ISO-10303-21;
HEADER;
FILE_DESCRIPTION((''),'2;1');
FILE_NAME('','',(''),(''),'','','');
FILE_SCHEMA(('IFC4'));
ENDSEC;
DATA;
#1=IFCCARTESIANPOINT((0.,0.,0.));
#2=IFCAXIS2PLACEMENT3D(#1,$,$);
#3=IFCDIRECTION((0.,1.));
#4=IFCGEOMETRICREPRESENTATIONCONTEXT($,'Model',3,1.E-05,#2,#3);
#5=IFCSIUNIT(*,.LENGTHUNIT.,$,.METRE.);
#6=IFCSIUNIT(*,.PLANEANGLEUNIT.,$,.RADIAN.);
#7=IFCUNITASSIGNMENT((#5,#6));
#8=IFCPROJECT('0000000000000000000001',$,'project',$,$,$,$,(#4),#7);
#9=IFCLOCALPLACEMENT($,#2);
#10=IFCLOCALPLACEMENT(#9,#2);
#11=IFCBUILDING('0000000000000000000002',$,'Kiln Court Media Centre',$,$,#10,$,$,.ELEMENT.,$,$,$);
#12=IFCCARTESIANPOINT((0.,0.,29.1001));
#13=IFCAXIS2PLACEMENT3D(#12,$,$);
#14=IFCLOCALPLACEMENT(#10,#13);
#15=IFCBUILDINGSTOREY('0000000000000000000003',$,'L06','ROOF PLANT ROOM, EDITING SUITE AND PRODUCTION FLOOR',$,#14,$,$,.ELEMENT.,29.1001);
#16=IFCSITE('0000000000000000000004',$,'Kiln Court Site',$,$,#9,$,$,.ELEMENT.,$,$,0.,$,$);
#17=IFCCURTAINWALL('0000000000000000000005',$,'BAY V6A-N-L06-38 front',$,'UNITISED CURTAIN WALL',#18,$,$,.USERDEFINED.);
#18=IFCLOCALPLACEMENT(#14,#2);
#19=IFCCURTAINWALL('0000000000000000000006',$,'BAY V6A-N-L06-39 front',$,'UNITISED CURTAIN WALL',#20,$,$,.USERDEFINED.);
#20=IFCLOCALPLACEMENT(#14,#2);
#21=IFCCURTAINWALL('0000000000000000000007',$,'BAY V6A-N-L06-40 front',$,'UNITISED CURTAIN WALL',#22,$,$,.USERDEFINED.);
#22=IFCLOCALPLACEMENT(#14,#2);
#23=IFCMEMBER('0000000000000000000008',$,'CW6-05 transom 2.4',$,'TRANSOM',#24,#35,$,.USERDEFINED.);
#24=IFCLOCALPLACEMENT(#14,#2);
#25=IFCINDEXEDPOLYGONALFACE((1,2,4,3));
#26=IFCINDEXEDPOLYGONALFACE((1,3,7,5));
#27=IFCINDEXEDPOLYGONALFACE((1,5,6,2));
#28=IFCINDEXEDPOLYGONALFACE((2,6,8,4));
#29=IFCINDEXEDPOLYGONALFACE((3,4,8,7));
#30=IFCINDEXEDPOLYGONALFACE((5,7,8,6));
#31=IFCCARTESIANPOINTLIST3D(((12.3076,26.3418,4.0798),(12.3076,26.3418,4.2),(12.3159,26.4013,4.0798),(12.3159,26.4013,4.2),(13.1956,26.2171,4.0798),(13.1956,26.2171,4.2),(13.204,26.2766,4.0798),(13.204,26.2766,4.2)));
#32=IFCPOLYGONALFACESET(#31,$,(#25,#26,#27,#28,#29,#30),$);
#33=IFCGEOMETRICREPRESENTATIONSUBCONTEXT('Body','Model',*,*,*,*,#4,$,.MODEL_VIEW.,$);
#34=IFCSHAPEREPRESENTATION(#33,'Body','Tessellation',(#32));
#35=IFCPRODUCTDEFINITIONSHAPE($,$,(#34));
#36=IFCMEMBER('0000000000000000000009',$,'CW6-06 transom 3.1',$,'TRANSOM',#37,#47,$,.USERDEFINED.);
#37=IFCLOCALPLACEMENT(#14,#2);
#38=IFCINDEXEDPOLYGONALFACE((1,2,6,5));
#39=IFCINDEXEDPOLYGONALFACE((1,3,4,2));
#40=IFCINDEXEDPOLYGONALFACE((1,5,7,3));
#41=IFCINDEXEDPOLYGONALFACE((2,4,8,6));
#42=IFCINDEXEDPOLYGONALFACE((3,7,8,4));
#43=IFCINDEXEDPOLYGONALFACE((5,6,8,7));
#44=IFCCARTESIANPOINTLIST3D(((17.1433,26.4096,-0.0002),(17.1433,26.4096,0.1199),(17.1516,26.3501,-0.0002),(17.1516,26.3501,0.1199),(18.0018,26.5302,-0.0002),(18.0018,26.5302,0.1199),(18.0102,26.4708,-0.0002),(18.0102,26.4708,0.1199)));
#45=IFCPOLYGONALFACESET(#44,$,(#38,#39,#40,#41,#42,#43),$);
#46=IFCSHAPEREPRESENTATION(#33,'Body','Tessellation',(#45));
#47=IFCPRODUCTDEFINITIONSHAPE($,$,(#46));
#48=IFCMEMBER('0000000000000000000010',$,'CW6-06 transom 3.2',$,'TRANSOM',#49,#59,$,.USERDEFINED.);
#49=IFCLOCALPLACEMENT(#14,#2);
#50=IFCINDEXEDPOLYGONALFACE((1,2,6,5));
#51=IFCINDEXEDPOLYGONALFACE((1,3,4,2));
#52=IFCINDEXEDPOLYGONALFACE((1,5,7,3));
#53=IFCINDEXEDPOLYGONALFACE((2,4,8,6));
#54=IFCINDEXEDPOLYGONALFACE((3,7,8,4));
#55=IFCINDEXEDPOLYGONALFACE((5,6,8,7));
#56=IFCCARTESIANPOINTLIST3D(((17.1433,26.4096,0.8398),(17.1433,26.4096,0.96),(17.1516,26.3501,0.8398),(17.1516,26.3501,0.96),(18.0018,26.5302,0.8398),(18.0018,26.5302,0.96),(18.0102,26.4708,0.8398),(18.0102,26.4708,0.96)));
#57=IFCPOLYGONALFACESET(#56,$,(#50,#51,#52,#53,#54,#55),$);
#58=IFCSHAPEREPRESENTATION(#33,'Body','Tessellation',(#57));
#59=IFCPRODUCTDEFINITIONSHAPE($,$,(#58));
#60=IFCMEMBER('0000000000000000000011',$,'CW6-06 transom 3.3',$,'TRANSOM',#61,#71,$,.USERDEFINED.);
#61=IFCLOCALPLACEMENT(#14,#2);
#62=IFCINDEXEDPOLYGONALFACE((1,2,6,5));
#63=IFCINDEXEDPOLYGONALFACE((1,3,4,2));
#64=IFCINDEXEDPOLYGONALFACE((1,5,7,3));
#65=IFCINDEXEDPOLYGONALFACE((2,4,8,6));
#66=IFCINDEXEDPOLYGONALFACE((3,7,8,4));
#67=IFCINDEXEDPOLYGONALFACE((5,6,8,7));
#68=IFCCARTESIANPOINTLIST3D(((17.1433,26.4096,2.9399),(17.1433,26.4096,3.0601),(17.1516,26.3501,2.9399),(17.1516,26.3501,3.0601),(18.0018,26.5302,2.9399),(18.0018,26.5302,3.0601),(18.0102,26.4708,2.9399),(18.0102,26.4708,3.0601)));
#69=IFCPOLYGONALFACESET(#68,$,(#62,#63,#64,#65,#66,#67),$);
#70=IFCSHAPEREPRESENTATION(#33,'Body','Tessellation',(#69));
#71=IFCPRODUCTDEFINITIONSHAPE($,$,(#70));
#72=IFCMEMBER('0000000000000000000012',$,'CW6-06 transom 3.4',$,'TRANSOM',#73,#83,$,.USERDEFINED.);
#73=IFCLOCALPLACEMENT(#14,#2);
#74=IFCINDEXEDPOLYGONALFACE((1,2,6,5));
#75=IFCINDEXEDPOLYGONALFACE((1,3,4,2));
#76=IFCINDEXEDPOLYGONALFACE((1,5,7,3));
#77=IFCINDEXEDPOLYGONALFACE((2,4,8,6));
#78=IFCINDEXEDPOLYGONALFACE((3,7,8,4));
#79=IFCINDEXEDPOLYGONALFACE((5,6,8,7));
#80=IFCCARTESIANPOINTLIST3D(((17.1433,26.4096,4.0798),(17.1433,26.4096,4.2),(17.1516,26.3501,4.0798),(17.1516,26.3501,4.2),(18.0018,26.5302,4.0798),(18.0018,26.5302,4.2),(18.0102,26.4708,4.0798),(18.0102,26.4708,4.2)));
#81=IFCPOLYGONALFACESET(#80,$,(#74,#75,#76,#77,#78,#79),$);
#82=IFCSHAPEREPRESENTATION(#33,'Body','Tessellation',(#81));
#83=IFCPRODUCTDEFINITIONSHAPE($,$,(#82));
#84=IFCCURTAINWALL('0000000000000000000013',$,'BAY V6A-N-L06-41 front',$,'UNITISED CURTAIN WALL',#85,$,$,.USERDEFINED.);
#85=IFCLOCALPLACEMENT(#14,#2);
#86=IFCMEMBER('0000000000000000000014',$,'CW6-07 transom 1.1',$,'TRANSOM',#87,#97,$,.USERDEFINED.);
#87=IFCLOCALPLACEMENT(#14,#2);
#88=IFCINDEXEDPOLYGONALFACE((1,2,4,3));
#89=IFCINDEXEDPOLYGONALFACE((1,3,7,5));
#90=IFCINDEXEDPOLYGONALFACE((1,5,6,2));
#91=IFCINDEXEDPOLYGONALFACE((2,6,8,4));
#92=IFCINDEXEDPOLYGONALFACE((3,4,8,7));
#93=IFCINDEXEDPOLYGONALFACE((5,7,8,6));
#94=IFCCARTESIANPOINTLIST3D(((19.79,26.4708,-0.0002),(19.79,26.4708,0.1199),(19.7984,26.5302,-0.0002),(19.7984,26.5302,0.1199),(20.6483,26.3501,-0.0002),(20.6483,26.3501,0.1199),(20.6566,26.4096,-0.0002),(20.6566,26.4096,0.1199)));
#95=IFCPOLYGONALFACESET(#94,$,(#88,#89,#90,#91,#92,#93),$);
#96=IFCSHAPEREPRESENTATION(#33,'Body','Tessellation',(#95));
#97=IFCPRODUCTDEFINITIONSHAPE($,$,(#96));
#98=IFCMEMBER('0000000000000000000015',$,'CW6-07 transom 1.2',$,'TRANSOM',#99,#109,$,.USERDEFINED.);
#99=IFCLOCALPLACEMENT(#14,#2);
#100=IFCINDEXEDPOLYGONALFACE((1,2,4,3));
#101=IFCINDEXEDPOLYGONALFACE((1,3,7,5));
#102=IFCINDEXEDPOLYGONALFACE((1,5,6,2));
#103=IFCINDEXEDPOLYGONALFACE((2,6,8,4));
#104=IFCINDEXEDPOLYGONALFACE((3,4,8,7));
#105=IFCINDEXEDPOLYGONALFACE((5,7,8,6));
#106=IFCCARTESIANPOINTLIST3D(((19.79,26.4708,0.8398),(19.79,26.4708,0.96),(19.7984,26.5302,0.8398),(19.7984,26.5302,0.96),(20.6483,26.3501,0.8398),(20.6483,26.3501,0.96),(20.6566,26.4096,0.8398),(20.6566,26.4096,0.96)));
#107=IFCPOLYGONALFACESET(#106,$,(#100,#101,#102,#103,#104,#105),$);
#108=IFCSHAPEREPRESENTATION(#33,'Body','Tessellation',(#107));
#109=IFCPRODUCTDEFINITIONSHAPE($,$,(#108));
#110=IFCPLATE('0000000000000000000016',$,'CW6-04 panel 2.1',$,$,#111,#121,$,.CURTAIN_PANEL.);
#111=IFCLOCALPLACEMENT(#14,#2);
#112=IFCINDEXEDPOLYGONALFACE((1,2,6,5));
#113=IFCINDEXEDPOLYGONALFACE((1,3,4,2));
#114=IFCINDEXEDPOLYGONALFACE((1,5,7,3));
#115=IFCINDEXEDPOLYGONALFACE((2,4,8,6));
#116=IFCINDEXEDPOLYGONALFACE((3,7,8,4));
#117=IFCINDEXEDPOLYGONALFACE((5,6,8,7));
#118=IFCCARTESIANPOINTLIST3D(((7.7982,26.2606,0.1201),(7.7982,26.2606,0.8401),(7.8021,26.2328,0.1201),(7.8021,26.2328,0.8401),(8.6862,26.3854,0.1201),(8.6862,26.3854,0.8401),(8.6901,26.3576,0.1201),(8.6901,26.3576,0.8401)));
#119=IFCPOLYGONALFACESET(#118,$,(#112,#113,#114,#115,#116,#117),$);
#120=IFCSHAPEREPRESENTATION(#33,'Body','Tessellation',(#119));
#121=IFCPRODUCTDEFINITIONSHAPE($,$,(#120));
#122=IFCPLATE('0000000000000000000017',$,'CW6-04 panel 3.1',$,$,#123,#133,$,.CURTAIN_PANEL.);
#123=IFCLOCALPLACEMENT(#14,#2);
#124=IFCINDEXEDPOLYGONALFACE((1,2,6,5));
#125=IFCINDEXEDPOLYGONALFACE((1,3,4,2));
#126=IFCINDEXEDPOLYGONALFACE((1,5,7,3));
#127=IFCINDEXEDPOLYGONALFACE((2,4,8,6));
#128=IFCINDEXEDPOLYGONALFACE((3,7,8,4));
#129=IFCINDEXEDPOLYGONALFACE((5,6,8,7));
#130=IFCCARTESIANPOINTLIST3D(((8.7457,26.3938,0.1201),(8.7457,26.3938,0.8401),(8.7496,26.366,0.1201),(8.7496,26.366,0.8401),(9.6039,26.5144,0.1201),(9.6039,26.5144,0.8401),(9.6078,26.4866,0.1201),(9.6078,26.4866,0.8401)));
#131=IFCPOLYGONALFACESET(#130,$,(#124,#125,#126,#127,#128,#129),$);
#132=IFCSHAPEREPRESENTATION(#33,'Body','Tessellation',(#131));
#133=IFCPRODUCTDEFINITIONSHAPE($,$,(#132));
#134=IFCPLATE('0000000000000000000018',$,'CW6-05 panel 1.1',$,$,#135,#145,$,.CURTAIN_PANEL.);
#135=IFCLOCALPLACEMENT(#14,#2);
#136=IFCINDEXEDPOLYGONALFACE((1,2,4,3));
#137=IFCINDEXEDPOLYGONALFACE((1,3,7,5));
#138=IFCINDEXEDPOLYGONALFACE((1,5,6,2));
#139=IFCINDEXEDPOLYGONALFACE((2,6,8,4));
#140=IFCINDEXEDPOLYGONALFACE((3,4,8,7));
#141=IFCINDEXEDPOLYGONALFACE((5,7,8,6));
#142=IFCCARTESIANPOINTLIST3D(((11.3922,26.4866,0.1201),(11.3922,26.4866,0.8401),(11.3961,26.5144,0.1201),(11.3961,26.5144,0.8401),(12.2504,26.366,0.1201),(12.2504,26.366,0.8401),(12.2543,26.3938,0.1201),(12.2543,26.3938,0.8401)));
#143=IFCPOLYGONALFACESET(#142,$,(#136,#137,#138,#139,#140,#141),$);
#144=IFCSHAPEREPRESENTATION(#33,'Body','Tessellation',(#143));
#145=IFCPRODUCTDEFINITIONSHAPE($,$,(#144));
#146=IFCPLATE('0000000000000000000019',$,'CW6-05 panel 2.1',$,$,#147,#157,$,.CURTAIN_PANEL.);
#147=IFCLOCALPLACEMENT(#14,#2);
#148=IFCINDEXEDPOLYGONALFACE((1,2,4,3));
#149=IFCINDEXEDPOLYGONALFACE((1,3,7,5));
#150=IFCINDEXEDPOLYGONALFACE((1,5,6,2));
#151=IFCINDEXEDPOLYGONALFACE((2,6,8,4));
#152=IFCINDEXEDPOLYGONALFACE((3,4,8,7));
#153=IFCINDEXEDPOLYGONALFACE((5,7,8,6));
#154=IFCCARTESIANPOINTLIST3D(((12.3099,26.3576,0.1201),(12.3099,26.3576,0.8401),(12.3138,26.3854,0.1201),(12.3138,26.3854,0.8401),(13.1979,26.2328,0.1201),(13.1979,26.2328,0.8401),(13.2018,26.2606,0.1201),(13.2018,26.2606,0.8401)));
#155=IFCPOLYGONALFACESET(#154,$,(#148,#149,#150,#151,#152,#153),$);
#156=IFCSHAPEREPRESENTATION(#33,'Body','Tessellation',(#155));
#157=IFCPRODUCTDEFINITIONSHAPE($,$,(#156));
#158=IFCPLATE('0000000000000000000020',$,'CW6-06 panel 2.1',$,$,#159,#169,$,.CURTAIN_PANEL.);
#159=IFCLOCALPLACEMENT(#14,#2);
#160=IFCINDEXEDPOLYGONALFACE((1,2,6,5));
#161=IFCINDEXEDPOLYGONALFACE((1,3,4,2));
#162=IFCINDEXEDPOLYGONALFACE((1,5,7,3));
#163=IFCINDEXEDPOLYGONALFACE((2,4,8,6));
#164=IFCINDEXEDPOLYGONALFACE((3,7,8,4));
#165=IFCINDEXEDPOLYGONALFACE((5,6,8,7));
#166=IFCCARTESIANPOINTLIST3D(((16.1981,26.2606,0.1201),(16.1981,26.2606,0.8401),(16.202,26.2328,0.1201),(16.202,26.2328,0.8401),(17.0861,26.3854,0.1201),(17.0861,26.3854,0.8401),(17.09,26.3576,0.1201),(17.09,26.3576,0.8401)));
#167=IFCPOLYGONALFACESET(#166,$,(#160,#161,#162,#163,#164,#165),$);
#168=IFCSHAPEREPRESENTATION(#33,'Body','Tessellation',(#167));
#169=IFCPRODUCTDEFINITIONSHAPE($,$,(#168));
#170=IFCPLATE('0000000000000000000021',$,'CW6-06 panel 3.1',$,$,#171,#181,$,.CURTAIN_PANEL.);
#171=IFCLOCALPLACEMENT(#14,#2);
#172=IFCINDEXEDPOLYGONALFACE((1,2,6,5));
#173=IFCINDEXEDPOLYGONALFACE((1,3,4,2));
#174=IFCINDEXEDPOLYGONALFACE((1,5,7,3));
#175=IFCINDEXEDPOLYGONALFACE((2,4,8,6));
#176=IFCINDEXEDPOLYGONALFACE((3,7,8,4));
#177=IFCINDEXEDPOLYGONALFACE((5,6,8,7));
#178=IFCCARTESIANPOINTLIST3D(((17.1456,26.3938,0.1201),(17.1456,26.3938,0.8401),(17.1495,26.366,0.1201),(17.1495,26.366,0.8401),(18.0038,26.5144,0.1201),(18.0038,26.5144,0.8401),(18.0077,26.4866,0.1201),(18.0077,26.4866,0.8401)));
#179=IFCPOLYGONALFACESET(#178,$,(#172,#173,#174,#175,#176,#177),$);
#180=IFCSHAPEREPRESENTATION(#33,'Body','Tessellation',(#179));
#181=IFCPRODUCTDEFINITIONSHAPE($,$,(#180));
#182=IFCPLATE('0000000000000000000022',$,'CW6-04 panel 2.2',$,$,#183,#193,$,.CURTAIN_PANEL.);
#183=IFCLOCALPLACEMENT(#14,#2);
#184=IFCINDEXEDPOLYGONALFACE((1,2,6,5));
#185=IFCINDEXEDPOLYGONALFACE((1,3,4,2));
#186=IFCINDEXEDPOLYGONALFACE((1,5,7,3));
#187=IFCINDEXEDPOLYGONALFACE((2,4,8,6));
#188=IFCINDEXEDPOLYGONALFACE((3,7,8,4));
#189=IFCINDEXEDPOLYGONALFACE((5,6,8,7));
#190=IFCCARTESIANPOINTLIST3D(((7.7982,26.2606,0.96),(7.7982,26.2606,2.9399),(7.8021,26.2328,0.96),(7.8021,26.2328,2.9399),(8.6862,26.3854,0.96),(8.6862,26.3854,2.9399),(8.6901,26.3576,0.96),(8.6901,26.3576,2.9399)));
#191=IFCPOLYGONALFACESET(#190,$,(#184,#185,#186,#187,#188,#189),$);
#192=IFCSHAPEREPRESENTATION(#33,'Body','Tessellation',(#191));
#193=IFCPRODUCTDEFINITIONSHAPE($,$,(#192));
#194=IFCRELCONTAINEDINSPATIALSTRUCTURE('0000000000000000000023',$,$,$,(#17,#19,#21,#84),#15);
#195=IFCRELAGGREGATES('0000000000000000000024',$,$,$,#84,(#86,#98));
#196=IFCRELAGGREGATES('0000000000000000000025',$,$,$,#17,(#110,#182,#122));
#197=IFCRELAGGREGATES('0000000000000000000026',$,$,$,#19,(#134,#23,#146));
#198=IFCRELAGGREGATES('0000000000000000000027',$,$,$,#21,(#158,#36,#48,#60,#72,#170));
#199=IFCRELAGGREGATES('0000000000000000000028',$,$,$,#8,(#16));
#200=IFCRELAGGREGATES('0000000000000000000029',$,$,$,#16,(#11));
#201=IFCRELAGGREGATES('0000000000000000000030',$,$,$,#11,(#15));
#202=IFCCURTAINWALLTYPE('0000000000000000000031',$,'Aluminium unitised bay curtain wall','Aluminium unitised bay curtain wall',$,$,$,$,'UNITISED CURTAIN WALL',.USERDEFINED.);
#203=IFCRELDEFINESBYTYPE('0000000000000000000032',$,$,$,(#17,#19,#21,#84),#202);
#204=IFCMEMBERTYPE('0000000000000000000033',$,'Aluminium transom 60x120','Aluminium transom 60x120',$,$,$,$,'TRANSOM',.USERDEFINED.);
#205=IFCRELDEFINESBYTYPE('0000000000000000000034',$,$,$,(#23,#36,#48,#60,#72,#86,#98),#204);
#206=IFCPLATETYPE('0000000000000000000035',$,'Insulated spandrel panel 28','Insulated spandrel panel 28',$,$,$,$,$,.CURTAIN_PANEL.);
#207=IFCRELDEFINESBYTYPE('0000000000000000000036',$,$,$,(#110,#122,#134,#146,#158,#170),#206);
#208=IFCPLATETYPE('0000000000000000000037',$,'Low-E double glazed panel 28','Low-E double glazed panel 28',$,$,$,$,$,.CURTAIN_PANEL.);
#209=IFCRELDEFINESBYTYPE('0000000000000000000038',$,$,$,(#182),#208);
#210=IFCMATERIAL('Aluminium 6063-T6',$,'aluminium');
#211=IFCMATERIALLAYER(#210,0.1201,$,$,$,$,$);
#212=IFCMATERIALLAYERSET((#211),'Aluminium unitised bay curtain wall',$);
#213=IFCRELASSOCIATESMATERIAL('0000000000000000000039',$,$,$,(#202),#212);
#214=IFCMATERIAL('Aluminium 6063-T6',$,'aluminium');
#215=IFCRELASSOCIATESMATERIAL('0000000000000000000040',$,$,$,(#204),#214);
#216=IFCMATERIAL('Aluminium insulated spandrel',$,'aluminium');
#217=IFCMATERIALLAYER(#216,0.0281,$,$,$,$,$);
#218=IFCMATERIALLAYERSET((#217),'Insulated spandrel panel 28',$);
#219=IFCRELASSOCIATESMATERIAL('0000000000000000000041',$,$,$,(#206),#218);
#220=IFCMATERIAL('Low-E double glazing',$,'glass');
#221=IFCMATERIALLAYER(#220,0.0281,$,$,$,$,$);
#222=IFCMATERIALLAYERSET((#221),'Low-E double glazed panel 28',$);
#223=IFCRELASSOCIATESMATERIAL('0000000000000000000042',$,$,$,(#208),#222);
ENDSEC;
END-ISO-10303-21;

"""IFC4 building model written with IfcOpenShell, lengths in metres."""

from ifc_helpers import new_model, si_unit, direction, frame, origin, origin_2d, place, context, subcontext, project, spatial, rectangle, extrude, material, layer, layer_set, material_profile, profile_set, type_object, element, aggregate, save


model = new_model("IFC4")

# Units and contexts
model_context = context("Model", 3, precision=1e-05, world=origin(), true_north=direction((0.0, 1.0)))
body_context = subcontext(model_context, "Body", "Model", "MODEL_VIEW")
ifc_project = project(units=[si_unit("LENGTHUNIT", "METRE"), si_unit("PLANEANGLEUNIT", "RADIAN")], contexts=[model_context])

# Site, building, storey
site_placement = place(None, origin())
site = spatial("IfcSite", under=ifc_project, at=site_placement, Name="Kiln Court Site", CompositionType="ELEMENT", RefElevation=0.0)
building_placement = place(site_placement, origin())
building = spatial("IfcBuilding", under=site, at=building_placement, Name="Kiln Court Media Centre", CompositionType="ELEMENT")
storey_placement = place(building_placement, frame((0.0, 0.0, 29.1001)))
storey = spatial("IfcBuildingStorey", under=building, at=storey_placement, Name="L06", Description="ROOF PLANT ROOM, EDITING SUITE AND PRODUCTION FLOOR", CompositionType="ELEMENT", Elevation=29.1001)

# Curtain walls
ifc_material_1 = material(Name="Aluminium 6063-T6", Category="aluminium")
ifc_layer_1 = layer(ifc_material_1, 0.1201)
ifc_layer_set_1 = layer_set([ifc_layer_1], Name="Aluminium unitised bay curtain wall")
curtain_wall_type = type_object("IfcCurtainWallType", Name="Aluminium unitised bay curtain wall", Description="Aluminium unitised bay curtain wall", ElementType="UNITISED CURTAIN WALL", PredefinedType="USERDEFINED", material=ifc_layer_set_1)
curtain_wall_1_placement = place(storey_placement, origin())
curtain_wall_1 = element("IfcCurtainWall", 1, at=curtain_wall_1_placement, inside=storey, type_object=curtain_wall_type, Name="BAY V6A-N-L06-38 front", ObjectType="UNITISED CURTAIN WALL", PredefinedType="USERDEFINED")
curtain_wall_2_placement = place(storey_placement, origin())
curtain_wall_2 = element("IfcCurtainWall", 2, at=curtain_wall_2_placement, inside=storey, type_object=curtain_wall_type, Name="BAY V6A-N-L06-39 front", ObjectType="UNITISED CURTAIN WALL", PredefinedType="USERDEFINED")
curtain_wall_3_placement = place(storey_placement, origin())
curtain_wall_3 = element("IfcCurtainWall", 3, at=curtain_wall_3_placement, inside=storey, type_object=curtain_wall_type, Name="BAY V6A-N-L06-40 front", ObjectType="UNITISED CURTAIN WALL", PredefinedType="USERDEFINED")

# Members
ifc_material_2 = material(Name="Aluminium 6063-T6", Category="aluminium")
ifc_material_profile_1 = material_profile(ifc_material_2, rectangle(XDim=0.0601, YDim=0.1201, at=origin_2d()), Name="Aluminium transom 60x120")
ifc_profile_set_1 = profile_set([ifc_material_profile_1], Name="Aluminium 6063-T6")
member_type_1 = type_object("IfcMemberType", Name="Aluminium transom 60x120", Description="Aluminium transom 60x120", ElementType="TRANSOM", PredefinedType="USERDEFINED", material=ifc_profile_set_1)
member_1_placement = place(storey_placement, frame((12.3118, 26.3716, 4.1399), z_axis=(0.990274, -0.139134, 0.0), x_axis=(0.139134, 0.990274, 0.0)))
member_1 = element("IfcMember", 4, at=member_1_placement, type_object=member_type_1, Name="CW6-05 transom 2.4", ObjectType="TRANSOM", PredefinedType="USERDEFINED", context=body_context, shape_type="SweptSolid", body=[
    extrude(rectangle(XDim=0.0601, YDim=0.1201, at=origin_2d()), origin(), (0.0, 0.0, 1.0), 0.8967),
])
member_2_placement = place(storey_placement, frame((17.1475, 26.3799, 0.0598), z_axis=(0.990274, 0.139134, 0.0), x_axis=(-0.139134, 0.990274, 0.0)))
member_2 = element("IfcMember", 5, at=member_2_placement, type_object=member_type_1, Name="CW6-06 transom 3.1", ObjectType="TRANSOM", PredefinedType="USERDEFINED", context=body_context, shape_type="SweptSolid", body=[
    extrude(rectangle(XDim=0.0601, YDim=0.1201, at=origin_2d()), origin(), (0.0, 0.0, 1.0), 0.8669),
])
member_3_placement = place(storey_placement, frame((17.1475, 26.3799, 0.8999), z_axis=(0.990274, 0.139134, 0.0), x_axis=(-0.139134, 0.990274, 0.0)))
member_3 = element("IfcMember", 6, at=member_3_placement, type_object=member_type_1, Name="CW6-06 transom 3.2", ObjectType="TRANSOM", PredefinedType="USERDEFINED", context=body_context, shape_type="SweptSolid", body=[
    extrude(rectangle(XDim=0.0601, YDim=0.1201, at=origin_2d()), origin(), (0.0, 0.0, 1.0), 0.8669),
])
member_4_placement = place(storey_placement, frame((17.1475, 26.3799, 3.0), z_axis=(0.990274, 0.139134, 0.0), x_axis=(-0.139134, 0.990274, 0.0)))
member_4 = element("IfcMember", 7, at=member_4_placement, type_object=member_type_1, Name="CW6-06 transom 3.3", ObjectType="TRANSOM", PredefinedType="USERDEFINED", context=body_context, shape_type="SweptSolid", body=[
    extrude(rectangle(XDim=0.0601, YDim=0.1201, at=origin_2d()), origin(), (0.0, 0.0, 1.0), 0.8669),
])
member_5_placement = place(storey_placement, frame((17.1475, 26.3799, 4.1399), z_axis=(0.990274, 0.139134, 0.0), x_axis=(-0.139134, 0.990274, 0.0)))
member_5 = element("IfcMember", 8, at=member_5_placement, type_object=member_type_1, Name="CW6-06 transom 3.4", ObjectType="TRANSOM", PredefinedType="USERDEFINED", context=body_context, shape_type="SweptSolid", body=[
    extrude(rectangle(XDim=0.0601, YDim=0.1201, at=origin_2d()), origin(), (0.0, 0.0, 1.0), 0.8669),
])

# Curtain wall, members
curtain_wall_4_placement = place(storey_placement, origin())
curtain_wall_4 = element("IfcCurtainWall", 9, at=curtain_wall_4_placement, inside=storey, type_object=curtain_wall_type, Name="BAY V6A-N-L06-41 front", ObjectType="UNITISED CURTAIN WALL", PredefinedType="USERDEFINED")
member_6_placement = place(storey_placement, frame((19.7942, 26.5005, 0.0598), z_axis=(0.990268, -0.139173, 0.0), x_axis=(0.139173, 0.990268, 0.0)))
member_6 = element("IfcMember", 10, at=member_6_placement, type_object=member_type_1, Name="CW6-07 transom 1.1", ObjectType="TRANSOM", PredefinedType="USERDEFINED", context=body_context, shape_type="SweptSolid", body=[
    extrude(rectangle(XDim=0.0601, YDim=0.1201, at=origin_2d()), origin(), (0.0, 0.0, 1.0), 0.8667),
])
member_7_placement = place(storey_placement, frame((19.7942, 26.5005, 0.8999), z_axis=(0.990268, -0.139173, 0.0), x_axis=(0.139173, 0.990268, 0.0)))
member_7 = element("IfcMember", 11, at=member_7_placement, type_object=member_type_1, Name="CW6-07 transom 1.2", ObjectType="TRANSOM", PredefinedType="USERDEFINED", context=body_context, shape_type="SweptSolid", body=[
    extrude(rectangle(XDim=0.0601, YDim=0.1201, at=origin_2d()), origin(), (0.0, 0.0, 1.0), 0.8667),
])
aggregate(curtain_wall_4, [member_6, member_7])

# Plates
ifc_material_3 = material(Name="Aluminium insulated spandrel", Category="aluminium")
ifc_layer_2 = layer(ifc_material_3, 0.0281)
ifc_layer_set_2 = layer_set([ifc_layer_2], Name="Insulated spandrel panel 28")
plate_type_1 = type_object("IfcPlateType", Name="Insulated spandrel panel 28", Description="Insulated spandrel panel 28", PredefinedType="CURTAIN_PANEL", material=ifc_layer_set_2)
plate_1_placement = place(storey_placement, frame((8.2441, 26.3091, 0.1201), z_axis=(0.0, 0.0, 1.0), x_axis=(0.99027, 0.139162, 0.0)))
plate_1 = element("IfcPlate", 12, at=plate_1_placement, type_object=plate_type_1, Name="CW6-04 panel 2.1", PredefinedType="CURTAIN_PANEL", context=body_context, shape_type="SweptSolid", body=[
    extrude(rectangle(XDim=0.8967, YDim=0.0281, at=origin_2d()), origin(), (0.0, 0.0, 1.0), 0.72),
])
plate_2_placement = place(storey_placement, frame((9.1768, 26.4402, 0.1201), z_axis=(0.0, 0.0, 1.0), x_axis=(0.99027, 0.139162, 0.0)))
plate_2 = element("IfcPlate", 13, at=plate_2_placement, type_object=plate_type_1, Name="CW6-04 panel 3.1", PredefinedType="CURTAIN_PANEL", context=body_context, shape_type="SweptSolid", body=[
    extrude(rectangle(XDim=0.8667, YDim=0.0281, at=origin_2d()), origin(), (0.0, 0.0, 1.0), 0.72),
])
plate_3_placement = place(storey_placement, frame((11.8232, 26.4402, 0.1201), z_axis=(0.0, 0.0, 1.0), x_axis=(0.99027, -0.139162, 0.0)))
plate_3 = element("IfcPlate", 14, at=plate_3_placement, type_object=plate_type_1, Name="CW6-05 panel 1.1", PredefinedType="CURTAIN_PANEL", context=body_context, shape_type="SweptSolid", body=[
    extrude(rectangle(XDim=0.8667, YDim=0.0281, at=origin_2d()), origin(), (0.0, 0.0, 1.0), 0.72),
])
plate_4_placement = place(storey_placement, frame((12.7559, 26.3091, 0.1201), z_axis=(0.0, 0.0, 1.0), x_axis=(0.99027, -0.139162, 0.0)))
plate_4 = element("IfcPlate", 15, at=plate_4_placement, type_object=plate_type_1, Name="CW6-05 panel 2.1", PredefinedType="CURTAIN_PANEL", context=body_context, shape_type="SweptSolid", body=[
    extrude(rectangle(XDim=0.8967, YDim=0.0281, at=origin_2d()), origin(), (0.0, 0.0, 1.0), 0.72),
])
plate_5_placement = place(storey_placement, frame((16.644, 26.3091, 0.1201), z_axis=(0.0, 0.0, 1.0), x_axis=(0.99027, 0.139162, 0.0)))
plate_5 = element("IfcPlate", 16, at=plate_5_placement, type_object=plate_type_1, Name="CW6-06 panel 2.1", PredefinedType="CURTAIN_PANEL", context=body_context, shape_type="SweptSolid", body=[
    extrude(rectangle(XDim=0.8967, YDim=0.0281, at=origin_2d()), origin(), (0.0, 0.0, 1.0), 0.72),
])
plate_6_placement = place(storey_placement, frame((17.5767, 26.4402, 0.1201), z_axis=(0.0, 0.0, 1.0), x_axis=(0.99027, 0.139162, 0.0)))
plate_6 = element("IfcPlate", 17, at=plate_6_placement, type_object=plate_type_1, Name="CW6-06 panel 3.1", PredefinedType="CURTAIN_PANEL", context=body_context, shape_type="SweptSolid", body=[
    extrude(rectangle(XDim=0.8667, YDim=0.0281, at=origin_2d()), origin(), (0.0, 0.0, 1.0), 0.72),
])
ifc_material_4 = material(Name="Low-E double glazing", Category="glass")
ifc_layer_3 = layer(ifc_material_4, 0.0281)
ifc_layer_set_3 = layer_set([ifc_layer_3], Name="Low-E double glazed panel 28")
plate_type_2 = type_object("IfcPlateType", Name="Low-E double glazed panel 28", Description="Low-E double glazed panel 28", PredefinedType="CURTAIN_PANEL", material=ifc_layer_set_3)
plate_7_placement = place(storey_placement, frame((8.2441, 26.3091, 0.96), z_axis=(0.0, 0.0, 1.0), x_axis=(0.99027, 0.139162, 0.0)))
plate_7 = element("IfcPlate", 18, at=plate_7_placement, type_object=plate_type_2, Name="CW6-04 panel 2.2", PredefinedType="CURTAIN_PANEL", context=body_context, shape_type="SweptSolid", body=[
    extrude(rectangle(XDim=0.8967, YDim=0.0281, at=origin_2d()), origin(), (0.0, 0.0, 1.0), 1.98),
])
aggregate(curtain_wall_1, [plate_1, plate_7, plate_2])
aggregate(curtain_wall_2, [plate_3, member_1, plate_4])
aggregate(curtain_wall_3, [plate_5, member_2, member_3, member_4, member_5, plate_6])

save(model, "model.ifc")
